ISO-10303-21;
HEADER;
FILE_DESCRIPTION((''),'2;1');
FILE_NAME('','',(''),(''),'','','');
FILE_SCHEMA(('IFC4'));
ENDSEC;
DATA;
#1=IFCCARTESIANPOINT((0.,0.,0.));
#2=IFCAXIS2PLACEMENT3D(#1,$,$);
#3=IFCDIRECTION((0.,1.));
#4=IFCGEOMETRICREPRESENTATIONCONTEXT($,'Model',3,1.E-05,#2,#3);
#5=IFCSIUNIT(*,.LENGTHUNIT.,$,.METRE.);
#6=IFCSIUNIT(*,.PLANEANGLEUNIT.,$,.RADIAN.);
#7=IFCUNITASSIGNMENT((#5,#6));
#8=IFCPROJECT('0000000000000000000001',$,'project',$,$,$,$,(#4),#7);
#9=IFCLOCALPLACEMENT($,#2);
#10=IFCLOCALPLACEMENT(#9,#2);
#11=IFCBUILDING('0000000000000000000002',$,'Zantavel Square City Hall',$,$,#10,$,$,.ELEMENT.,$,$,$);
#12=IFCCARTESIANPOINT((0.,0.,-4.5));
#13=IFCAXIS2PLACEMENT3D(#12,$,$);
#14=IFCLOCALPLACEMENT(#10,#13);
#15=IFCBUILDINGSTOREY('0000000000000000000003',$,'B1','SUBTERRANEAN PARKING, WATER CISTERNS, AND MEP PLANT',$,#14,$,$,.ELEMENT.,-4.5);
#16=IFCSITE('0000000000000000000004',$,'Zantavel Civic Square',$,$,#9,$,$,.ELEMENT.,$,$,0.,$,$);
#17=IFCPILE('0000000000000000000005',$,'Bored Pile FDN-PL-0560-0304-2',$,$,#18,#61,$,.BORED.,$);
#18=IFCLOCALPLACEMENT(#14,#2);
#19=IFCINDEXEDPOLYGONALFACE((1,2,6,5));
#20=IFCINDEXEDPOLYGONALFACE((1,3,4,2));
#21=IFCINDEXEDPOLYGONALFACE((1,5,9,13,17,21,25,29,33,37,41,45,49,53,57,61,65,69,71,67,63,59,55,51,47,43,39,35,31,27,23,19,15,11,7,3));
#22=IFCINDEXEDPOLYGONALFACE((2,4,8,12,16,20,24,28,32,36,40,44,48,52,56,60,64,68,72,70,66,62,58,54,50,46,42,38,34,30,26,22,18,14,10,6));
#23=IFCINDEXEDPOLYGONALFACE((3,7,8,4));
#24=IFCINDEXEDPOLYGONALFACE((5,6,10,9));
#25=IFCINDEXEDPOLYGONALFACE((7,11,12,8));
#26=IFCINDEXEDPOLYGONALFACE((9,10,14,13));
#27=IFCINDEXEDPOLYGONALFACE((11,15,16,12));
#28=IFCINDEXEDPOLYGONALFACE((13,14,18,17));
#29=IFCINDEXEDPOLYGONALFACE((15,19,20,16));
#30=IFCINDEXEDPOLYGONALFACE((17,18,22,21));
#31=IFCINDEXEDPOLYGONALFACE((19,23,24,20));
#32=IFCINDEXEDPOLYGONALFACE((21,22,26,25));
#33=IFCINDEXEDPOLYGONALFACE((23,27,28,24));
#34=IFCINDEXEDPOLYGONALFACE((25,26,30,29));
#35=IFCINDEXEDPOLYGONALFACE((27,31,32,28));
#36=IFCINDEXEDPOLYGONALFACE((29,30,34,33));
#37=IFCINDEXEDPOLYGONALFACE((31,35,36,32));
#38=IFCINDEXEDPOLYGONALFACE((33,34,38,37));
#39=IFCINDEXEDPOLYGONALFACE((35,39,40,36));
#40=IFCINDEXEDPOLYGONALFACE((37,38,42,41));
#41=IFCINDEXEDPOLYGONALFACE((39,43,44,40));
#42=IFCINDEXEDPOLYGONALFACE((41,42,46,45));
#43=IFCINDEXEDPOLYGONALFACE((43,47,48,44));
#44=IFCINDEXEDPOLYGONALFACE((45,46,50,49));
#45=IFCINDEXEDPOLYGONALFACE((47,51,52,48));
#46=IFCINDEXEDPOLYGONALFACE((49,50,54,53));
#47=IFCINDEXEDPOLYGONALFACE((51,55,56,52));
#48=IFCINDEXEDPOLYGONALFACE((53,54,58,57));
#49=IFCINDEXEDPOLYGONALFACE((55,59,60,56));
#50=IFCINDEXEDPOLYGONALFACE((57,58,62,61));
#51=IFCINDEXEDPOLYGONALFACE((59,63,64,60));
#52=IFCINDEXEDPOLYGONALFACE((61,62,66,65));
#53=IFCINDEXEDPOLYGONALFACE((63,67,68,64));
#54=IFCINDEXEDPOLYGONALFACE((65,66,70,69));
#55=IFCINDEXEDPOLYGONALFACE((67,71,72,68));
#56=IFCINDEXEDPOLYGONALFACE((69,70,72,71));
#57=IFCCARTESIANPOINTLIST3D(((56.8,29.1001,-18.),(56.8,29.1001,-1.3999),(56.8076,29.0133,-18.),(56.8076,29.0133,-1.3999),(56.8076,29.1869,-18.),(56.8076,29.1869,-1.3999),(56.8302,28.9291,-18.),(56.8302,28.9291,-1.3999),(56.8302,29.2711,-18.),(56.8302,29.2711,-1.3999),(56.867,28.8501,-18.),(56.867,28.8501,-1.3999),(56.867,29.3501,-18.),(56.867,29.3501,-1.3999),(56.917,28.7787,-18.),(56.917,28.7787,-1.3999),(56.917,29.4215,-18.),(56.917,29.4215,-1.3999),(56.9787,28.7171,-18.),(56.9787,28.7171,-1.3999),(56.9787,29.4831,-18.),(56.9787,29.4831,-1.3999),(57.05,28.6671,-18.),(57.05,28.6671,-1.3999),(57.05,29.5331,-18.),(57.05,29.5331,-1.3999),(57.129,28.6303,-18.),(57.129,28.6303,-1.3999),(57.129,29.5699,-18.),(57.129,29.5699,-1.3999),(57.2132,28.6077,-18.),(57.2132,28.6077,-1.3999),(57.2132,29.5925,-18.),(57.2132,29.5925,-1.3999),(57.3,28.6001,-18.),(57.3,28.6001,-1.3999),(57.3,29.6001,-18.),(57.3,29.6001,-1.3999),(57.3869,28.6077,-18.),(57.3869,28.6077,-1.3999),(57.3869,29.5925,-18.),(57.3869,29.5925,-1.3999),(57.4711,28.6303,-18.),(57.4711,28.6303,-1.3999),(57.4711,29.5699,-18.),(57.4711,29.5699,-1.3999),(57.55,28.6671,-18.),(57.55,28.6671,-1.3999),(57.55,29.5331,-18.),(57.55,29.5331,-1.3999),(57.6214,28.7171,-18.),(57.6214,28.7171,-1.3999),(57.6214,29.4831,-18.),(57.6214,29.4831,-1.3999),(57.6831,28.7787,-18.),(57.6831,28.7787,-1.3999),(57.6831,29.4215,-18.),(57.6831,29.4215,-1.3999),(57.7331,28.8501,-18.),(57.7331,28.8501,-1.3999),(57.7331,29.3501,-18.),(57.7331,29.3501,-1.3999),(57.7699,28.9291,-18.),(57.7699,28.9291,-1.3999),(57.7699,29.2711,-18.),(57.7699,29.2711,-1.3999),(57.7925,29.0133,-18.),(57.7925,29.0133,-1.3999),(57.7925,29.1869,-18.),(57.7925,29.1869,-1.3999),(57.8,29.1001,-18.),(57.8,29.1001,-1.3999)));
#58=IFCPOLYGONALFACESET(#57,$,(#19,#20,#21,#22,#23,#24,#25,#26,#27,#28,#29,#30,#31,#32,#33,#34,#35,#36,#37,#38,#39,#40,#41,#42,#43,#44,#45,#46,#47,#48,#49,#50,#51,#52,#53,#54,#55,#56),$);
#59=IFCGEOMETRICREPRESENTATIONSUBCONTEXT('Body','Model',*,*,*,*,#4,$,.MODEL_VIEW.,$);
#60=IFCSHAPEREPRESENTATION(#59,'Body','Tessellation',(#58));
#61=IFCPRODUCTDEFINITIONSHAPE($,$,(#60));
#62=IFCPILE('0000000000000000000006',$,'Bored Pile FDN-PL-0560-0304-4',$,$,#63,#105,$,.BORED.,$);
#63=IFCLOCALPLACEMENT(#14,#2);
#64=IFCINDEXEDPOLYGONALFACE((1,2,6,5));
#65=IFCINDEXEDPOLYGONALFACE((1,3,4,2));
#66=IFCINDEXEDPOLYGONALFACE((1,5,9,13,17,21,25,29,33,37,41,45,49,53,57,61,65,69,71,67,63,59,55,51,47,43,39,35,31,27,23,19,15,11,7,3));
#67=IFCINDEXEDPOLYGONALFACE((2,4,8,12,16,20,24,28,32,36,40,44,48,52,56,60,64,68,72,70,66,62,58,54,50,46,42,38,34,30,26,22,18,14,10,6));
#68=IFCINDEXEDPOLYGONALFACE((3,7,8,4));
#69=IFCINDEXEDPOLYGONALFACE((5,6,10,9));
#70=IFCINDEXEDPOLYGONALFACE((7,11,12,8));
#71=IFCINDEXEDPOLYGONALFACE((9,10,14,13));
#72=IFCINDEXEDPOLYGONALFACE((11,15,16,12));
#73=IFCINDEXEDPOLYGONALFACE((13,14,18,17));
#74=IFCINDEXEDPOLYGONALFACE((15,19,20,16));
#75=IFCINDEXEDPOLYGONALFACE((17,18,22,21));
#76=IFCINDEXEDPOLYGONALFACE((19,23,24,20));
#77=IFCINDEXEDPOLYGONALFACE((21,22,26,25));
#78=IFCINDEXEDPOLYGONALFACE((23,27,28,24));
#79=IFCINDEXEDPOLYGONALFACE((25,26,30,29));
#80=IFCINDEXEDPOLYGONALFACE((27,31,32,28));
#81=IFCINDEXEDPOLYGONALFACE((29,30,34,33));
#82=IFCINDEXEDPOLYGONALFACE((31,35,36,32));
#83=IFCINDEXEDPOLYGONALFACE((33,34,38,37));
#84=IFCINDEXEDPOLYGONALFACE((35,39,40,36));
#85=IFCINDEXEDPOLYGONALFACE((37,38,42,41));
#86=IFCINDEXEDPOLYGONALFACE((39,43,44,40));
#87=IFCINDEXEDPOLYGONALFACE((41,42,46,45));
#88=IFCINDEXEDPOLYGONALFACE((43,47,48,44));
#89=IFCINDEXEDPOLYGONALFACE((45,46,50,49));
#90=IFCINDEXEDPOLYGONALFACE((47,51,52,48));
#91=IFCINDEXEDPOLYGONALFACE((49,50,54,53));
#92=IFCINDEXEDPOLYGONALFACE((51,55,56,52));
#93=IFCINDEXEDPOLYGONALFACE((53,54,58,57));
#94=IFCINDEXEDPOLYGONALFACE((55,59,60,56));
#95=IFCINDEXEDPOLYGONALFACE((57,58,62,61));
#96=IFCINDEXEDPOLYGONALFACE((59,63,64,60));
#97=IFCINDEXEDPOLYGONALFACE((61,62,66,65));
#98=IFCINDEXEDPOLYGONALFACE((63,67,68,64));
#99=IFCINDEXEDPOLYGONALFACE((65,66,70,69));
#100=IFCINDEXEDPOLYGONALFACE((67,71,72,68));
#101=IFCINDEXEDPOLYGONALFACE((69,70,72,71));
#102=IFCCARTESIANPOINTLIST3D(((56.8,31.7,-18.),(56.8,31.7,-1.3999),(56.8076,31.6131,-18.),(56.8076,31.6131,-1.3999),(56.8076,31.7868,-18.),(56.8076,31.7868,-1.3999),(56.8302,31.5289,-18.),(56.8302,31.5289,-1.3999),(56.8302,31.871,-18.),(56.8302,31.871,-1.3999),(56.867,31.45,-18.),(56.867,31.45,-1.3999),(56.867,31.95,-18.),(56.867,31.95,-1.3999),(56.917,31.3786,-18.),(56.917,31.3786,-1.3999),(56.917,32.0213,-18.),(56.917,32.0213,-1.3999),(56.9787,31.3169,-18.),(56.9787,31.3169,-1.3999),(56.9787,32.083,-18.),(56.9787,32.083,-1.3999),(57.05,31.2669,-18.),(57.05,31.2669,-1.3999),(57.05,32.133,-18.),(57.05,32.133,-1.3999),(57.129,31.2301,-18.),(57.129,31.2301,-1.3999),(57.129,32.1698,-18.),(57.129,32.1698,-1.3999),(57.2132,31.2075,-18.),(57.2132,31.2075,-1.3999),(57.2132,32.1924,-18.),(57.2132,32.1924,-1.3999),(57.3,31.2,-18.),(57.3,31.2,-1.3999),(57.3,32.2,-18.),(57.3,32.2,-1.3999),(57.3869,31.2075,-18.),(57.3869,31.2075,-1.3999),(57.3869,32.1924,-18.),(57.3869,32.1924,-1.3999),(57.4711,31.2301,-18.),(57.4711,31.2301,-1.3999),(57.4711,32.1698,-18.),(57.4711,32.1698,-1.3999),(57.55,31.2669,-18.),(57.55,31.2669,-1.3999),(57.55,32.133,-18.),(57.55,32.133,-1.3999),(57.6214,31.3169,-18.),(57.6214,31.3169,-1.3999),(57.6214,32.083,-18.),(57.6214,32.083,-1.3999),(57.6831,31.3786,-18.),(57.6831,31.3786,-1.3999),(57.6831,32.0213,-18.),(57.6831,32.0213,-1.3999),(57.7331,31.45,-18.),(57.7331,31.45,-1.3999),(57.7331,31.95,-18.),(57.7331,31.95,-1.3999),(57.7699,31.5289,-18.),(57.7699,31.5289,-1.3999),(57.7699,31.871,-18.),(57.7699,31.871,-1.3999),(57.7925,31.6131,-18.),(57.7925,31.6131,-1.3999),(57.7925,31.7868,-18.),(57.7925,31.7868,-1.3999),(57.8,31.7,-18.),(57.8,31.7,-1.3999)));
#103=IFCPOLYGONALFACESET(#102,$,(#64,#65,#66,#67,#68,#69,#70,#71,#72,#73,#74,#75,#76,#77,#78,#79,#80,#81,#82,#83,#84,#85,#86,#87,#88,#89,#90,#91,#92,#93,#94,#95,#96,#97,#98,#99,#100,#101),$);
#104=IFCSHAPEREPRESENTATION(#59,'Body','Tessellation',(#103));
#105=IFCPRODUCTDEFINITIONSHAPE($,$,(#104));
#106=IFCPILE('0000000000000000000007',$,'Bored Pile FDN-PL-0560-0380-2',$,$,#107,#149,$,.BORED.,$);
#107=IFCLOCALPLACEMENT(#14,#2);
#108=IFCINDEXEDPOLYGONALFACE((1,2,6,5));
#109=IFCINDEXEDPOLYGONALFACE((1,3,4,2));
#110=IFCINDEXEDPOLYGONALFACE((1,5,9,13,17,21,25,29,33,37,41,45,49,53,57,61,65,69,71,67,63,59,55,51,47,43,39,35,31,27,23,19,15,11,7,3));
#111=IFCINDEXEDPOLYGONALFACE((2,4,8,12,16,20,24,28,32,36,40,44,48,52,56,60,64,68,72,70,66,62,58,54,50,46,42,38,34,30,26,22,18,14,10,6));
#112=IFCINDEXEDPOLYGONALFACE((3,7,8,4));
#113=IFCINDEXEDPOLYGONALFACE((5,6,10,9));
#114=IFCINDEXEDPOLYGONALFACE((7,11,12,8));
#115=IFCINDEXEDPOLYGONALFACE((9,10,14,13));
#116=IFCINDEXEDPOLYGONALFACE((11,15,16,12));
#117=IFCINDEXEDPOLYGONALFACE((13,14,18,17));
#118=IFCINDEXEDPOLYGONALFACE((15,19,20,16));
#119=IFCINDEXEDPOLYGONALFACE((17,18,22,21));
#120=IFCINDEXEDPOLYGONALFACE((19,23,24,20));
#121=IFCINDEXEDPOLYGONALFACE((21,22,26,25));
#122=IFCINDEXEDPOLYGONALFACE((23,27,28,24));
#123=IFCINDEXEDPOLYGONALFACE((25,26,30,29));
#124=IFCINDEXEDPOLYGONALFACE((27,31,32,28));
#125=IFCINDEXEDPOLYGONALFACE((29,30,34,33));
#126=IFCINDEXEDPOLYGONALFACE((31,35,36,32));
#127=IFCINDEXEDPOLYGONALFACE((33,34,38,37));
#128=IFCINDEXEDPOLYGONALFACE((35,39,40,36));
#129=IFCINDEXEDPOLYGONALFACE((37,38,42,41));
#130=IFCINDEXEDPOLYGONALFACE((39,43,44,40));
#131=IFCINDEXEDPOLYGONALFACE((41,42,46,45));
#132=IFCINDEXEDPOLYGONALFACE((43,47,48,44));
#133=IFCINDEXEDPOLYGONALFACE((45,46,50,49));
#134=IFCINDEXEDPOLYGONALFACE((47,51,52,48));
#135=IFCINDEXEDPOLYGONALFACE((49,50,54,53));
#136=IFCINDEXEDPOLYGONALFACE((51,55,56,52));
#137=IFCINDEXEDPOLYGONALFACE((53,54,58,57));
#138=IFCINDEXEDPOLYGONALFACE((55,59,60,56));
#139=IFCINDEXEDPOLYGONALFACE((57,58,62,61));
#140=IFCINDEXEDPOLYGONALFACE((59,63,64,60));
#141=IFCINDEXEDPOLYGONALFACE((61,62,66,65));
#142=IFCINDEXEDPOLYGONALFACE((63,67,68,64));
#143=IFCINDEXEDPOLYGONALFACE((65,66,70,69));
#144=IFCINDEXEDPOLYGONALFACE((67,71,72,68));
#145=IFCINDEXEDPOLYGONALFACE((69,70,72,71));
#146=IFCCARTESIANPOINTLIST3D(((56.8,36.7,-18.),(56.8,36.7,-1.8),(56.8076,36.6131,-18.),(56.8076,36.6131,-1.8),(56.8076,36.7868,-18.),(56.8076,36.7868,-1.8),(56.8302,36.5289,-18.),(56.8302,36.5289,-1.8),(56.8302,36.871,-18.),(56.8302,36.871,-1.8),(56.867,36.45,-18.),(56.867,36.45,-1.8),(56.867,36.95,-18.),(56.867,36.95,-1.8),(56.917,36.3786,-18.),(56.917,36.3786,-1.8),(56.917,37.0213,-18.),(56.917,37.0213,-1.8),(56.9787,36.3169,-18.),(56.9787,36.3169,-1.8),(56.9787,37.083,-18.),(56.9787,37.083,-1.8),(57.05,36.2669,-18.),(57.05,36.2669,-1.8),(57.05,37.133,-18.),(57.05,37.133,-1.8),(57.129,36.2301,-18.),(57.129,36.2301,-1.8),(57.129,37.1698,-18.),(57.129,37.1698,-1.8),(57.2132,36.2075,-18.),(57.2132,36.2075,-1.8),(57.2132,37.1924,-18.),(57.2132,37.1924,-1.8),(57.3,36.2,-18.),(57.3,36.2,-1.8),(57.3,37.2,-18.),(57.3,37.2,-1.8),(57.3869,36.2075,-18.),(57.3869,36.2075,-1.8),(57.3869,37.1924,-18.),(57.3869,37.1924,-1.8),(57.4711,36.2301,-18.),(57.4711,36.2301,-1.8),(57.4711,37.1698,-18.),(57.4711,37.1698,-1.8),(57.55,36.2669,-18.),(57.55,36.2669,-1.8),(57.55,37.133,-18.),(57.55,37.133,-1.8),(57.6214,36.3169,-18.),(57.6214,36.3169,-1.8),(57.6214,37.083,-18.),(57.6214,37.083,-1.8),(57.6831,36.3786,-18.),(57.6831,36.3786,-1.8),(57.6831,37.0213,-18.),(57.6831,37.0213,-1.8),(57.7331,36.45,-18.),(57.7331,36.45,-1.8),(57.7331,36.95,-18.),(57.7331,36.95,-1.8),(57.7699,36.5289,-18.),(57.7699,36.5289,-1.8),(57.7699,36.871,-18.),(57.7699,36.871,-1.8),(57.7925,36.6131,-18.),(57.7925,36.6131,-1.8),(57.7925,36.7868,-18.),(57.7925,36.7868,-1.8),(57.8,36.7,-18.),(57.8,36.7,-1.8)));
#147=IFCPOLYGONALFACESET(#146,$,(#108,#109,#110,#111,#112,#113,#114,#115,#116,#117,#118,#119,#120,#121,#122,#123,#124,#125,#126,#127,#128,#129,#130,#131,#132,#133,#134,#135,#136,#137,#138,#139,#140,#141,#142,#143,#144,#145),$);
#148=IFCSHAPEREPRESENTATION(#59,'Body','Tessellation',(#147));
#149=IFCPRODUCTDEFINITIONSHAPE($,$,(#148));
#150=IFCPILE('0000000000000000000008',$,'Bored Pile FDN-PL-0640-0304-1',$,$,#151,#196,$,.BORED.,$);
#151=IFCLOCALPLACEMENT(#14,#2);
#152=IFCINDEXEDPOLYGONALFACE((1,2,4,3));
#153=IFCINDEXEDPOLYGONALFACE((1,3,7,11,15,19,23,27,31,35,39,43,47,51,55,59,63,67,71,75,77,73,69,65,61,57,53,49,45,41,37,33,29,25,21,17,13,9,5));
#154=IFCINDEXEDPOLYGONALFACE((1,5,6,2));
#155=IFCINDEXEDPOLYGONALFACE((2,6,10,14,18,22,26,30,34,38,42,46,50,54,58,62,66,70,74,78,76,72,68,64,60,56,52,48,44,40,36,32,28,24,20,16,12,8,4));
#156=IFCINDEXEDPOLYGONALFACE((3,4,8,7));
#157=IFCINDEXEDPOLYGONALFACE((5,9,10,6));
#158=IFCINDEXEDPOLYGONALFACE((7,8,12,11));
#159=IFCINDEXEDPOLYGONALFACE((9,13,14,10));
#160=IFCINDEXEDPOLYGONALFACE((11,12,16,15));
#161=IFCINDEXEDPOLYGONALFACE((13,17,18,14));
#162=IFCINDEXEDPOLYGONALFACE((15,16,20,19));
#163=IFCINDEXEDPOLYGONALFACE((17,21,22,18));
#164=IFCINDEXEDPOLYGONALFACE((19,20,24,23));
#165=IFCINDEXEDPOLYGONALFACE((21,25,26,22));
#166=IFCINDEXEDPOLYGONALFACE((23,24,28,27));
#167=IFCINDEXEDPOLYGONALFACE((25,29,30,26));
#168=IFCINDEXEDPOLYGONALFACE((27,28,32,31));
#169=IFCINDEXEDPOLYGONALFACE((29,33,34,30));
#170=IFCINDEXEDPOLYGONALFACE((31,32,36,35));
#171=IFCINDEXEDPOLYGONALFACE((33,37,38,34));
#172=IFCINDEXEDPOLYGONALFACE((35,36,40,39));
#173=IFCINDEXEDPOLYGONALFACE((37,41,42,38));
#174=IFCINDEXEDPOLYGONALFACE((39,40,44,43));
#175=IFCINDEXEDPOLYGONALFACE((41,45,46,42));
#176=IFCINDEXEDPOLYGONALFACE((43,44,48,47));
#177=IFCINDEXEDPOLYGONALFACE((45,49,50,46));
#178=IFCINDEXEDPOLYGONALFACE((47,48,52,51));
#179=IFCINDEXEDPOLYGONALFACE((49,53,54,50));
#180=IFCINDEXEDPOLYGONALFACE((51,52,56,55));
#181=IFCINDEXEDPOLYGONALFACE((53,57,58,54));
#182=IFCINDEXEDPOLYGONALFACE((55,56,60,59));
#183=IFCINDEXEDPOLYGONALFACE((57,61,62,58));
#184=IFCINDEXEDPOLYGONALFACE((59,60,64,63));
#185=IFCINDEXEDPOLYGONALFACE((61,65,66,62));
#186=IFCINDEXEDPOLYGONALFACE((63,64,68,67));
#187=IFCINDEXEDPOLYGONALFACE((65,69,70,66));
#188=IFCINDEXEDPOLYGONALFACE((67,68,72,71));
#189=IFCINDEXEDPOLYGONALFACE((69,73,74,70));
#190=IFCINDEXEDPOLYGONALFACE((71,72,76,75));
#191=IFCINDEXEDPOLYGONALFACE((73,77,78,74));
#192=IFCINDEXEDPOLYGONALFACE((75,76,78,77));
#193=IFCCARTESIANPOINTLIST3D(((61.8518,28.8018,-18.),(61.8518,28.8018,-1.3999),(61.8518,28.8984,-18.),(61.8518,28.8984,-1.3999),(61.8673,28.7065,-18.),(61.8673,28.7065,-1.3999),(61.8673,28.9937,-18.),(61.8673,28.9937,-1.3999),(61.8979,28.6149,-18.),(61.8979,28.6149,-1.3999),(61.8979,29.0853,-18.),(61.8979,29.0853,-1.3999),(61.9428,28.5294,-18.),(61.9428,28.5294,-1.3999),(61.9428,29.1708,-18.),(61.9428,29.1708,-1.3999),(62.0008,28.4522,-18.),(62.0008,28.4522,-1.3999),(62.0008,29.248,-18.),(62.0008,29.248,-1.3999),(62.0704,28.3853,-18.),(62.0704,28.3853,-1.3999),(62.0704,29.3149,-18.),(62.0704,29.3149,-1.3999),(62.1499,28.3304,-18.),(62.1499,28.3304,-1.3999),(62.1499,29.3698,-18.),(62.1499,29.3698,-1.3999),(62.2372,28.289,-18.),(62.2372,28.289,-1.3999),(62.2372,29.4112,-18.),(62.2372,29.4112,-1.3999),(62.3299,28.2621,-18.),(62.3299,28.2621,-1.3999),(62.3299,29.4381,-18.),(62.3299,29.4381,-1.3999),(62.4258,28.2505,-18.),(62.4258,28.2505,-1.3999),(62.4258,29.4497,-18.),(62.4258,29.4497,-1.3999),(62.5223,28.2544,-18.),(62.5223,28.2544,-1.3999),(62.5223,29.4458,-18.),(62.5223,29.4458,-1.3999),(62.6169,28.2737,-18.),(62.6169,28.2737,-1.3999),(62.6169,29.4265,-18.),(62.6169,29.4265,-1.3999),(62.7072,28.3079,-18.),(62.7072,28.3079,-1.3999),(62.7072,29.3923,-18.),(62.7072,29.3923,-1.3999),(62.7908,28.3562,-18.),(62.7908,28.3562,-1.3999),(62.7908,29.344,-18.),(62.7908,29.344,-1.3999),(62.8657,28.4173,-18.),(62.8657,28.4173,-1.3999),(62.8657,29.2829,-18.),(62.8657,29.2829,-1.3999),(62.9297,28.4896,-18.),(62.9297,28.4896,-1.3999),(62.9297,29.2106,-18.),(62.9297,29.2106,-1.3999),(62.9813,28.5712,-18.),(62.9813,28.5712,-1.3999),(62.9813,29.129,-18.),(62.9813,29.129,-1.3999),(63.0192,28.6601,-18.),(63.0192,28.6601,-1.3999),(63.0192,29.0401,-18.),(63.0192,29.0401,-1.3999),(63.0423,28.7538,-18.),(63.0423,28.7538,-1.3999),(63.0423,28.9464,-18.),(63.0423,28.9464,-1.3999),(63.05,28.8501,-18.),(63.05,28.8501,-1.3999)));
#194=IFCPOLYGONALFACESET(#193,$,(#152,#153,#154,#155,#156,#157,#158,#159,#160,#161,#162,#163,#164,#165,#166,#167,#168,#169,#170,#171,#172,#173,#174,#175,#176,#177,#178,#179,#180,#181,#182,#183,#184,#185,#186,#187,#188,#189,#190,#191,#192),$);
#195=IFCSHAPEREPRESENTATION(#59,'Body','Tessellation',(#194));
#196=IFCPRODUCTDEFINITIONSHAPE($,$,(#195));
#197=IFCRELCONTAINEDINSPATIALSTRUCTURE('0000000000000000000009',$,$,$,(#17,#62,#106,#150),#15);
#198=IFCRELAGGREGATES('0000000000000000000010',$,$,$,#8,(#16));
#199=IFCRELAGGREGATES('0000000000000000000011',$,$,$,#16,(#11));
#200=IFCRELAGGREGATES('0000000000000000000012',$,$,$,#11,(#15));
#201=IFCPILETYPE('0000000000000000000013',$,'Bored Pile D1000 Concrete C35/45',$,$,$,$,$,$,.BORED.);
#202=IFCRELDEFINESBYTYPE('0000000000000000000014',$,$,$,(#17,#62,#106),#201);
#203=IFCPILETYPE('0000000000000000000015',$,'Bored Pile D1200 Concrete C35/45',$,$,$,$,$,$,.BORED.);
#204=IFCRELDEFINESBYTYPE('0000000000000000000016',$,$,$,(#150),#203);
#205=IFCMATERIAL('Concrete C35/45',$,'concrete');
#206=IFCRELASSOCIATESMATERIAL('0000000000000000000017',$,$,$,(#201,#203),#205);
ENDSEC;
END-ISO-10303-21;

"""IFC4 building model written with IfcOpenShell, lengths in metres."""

from ifc_helpers import new_model, si_unit, direction, frame, origin, origin_2d, place, context, subcontext, project, spatial, circle, extrude, material, material_profile, profile_set, type_object, element, save


model = new_model("IFC4")

# Units and contexts
model_context = context("Model", 3, precision=1e-05, world=origin(), true_north=direction((0.0, 1.0)))
body_context = subcontext(model_context, "Body", "Model", "MODEL_VIEW")
ifc_project = project(units=[si_unit("LENGTHUNIT", "METRE"), si_unit("PLANEANGLEUNIT", "RADIAN")], contexts=[model_context])

# Site, building, storey
site_placement = place(None, origin())
site = spatial("IfcSite", under=ifc_project, at=site_placement, Name="Zantavel Civic Square", CompositionType="ELEMENT", RefElevation=0.0)
building_placement = place(site_placement, origin())
building = spatial("IfcBuilding", under=site, at=building_placement, Name="Zantavel Square City Hall", CompositionType="ELEMENT")
storey_placement = place(building_placement, frame((0.0, 0.0, -4.5)))
storey = spatial("IfcBuildingStorey", under=building, at=storey_placement, Name="B1", Description="SUBTERRANEAN PARKING, WATER CISTERNS, AND MEP PLANT", CompositionType="ELEMENT", Elevation=-4.5)

# Piles
ifc_material_1 = material(Name="Concrete C35/45", Category="concrete")
ifc_material_profile_1 = material_profile(ifc_material_1, circle(Radius=0.5, at=origin_2d()), Name="PILE D1000")
ifc_profile_set_1 = profile_set([ifc_material_profile_1], Name="Concrete C35/45")
pile_type_1 = type_object("IfcPileType", Name="Bored Pile D1000 Concrete C35/45", PredefinedType="BORED", material=ifc_profile_set_1)
for number, where, z_axis, x_axis, name in (
    (1, (57.3, 29.1001, -1.3999), (0.0, 0.0, -1.0), (1.0, 0.0, 0.0), "Bored Pile FDN-PL-0560-0304-2"),
    (2, (57.3, 31.7, -1.3999), (0.0, 0.0, -1.0), (1.0, 0.0, 0.0), "Bored Pile FDN-PL-0560-0304-4"),
):
    element("IfcPile", number, at=place(storey_placement, frame(where, z_axis=z_axis, x_axis=x_axis)), inside=storey, type_object=pile_type_1, Name=name, PredefinedType="BORED", context=body_context, shape_type="SweptSolid", body=[
        extrude(circle(Radius=0.5, at=origin_2d()), origin(), (0.0, 0.0, 1.0), 16.6001),
    ])
pile_1_placement = place(storey_placement, frame((57.3, 36.7, -1.8), z_axis=(0.0, 0.0, -1.0), x_axis=(1.0, 0.0, 0.0)))
element("IfcPile", 3, at=pile_1_placement, inside=storey, type_object=pile_type_1, Name="Bored Pile FDN-PL-0560-0380-2", PredefinedType="BORED", context=body_context, shape_type="SweptSolid", body=[
    extrude(circle(Radius=0.5, at=origin_2d()), origin(), (0.0, 0.0, 1.0), 16.2),
])
ifc_material_profile_2 = material_profile(ifc_material_1, circle(Radius=0.6001, at=origin_2d()), Name="PILE D1200")
ifc_profile_set_2 = profile_set([ifc_material_profile_2], Name="Concrete C35/45")
pile_type_2 = type_object("IfcPileType", Name="Bored Pile D1200 Concrete C35/45", PredefinedType="BORED", material=ifc_profile_set_2)
for number, where, z_axis, x_axis, name in (
    (4, (62.45, 28.8501, -1.3999), (0.0, 0.0, -1.0), (1.0, 0.0, 0.0), "Bored Pile FDN-PL-0640-0304-1"),
):
    element("IfcPile", number, at=place(storey_placement, frame(where, z_axis=z_axis, x_axis=x_axis)), inside=storey, type_object=pile_type_2, Name=name, PredefinedType="BORED", context=body_context, shape_type="SweptSolid", body=[
        extrude(circle(Radius=0.6001, at=origin_2d()), origin(), (0.0, 0.0, 1.0), 16.6001),
    ])

save(model, "model.ifc")
